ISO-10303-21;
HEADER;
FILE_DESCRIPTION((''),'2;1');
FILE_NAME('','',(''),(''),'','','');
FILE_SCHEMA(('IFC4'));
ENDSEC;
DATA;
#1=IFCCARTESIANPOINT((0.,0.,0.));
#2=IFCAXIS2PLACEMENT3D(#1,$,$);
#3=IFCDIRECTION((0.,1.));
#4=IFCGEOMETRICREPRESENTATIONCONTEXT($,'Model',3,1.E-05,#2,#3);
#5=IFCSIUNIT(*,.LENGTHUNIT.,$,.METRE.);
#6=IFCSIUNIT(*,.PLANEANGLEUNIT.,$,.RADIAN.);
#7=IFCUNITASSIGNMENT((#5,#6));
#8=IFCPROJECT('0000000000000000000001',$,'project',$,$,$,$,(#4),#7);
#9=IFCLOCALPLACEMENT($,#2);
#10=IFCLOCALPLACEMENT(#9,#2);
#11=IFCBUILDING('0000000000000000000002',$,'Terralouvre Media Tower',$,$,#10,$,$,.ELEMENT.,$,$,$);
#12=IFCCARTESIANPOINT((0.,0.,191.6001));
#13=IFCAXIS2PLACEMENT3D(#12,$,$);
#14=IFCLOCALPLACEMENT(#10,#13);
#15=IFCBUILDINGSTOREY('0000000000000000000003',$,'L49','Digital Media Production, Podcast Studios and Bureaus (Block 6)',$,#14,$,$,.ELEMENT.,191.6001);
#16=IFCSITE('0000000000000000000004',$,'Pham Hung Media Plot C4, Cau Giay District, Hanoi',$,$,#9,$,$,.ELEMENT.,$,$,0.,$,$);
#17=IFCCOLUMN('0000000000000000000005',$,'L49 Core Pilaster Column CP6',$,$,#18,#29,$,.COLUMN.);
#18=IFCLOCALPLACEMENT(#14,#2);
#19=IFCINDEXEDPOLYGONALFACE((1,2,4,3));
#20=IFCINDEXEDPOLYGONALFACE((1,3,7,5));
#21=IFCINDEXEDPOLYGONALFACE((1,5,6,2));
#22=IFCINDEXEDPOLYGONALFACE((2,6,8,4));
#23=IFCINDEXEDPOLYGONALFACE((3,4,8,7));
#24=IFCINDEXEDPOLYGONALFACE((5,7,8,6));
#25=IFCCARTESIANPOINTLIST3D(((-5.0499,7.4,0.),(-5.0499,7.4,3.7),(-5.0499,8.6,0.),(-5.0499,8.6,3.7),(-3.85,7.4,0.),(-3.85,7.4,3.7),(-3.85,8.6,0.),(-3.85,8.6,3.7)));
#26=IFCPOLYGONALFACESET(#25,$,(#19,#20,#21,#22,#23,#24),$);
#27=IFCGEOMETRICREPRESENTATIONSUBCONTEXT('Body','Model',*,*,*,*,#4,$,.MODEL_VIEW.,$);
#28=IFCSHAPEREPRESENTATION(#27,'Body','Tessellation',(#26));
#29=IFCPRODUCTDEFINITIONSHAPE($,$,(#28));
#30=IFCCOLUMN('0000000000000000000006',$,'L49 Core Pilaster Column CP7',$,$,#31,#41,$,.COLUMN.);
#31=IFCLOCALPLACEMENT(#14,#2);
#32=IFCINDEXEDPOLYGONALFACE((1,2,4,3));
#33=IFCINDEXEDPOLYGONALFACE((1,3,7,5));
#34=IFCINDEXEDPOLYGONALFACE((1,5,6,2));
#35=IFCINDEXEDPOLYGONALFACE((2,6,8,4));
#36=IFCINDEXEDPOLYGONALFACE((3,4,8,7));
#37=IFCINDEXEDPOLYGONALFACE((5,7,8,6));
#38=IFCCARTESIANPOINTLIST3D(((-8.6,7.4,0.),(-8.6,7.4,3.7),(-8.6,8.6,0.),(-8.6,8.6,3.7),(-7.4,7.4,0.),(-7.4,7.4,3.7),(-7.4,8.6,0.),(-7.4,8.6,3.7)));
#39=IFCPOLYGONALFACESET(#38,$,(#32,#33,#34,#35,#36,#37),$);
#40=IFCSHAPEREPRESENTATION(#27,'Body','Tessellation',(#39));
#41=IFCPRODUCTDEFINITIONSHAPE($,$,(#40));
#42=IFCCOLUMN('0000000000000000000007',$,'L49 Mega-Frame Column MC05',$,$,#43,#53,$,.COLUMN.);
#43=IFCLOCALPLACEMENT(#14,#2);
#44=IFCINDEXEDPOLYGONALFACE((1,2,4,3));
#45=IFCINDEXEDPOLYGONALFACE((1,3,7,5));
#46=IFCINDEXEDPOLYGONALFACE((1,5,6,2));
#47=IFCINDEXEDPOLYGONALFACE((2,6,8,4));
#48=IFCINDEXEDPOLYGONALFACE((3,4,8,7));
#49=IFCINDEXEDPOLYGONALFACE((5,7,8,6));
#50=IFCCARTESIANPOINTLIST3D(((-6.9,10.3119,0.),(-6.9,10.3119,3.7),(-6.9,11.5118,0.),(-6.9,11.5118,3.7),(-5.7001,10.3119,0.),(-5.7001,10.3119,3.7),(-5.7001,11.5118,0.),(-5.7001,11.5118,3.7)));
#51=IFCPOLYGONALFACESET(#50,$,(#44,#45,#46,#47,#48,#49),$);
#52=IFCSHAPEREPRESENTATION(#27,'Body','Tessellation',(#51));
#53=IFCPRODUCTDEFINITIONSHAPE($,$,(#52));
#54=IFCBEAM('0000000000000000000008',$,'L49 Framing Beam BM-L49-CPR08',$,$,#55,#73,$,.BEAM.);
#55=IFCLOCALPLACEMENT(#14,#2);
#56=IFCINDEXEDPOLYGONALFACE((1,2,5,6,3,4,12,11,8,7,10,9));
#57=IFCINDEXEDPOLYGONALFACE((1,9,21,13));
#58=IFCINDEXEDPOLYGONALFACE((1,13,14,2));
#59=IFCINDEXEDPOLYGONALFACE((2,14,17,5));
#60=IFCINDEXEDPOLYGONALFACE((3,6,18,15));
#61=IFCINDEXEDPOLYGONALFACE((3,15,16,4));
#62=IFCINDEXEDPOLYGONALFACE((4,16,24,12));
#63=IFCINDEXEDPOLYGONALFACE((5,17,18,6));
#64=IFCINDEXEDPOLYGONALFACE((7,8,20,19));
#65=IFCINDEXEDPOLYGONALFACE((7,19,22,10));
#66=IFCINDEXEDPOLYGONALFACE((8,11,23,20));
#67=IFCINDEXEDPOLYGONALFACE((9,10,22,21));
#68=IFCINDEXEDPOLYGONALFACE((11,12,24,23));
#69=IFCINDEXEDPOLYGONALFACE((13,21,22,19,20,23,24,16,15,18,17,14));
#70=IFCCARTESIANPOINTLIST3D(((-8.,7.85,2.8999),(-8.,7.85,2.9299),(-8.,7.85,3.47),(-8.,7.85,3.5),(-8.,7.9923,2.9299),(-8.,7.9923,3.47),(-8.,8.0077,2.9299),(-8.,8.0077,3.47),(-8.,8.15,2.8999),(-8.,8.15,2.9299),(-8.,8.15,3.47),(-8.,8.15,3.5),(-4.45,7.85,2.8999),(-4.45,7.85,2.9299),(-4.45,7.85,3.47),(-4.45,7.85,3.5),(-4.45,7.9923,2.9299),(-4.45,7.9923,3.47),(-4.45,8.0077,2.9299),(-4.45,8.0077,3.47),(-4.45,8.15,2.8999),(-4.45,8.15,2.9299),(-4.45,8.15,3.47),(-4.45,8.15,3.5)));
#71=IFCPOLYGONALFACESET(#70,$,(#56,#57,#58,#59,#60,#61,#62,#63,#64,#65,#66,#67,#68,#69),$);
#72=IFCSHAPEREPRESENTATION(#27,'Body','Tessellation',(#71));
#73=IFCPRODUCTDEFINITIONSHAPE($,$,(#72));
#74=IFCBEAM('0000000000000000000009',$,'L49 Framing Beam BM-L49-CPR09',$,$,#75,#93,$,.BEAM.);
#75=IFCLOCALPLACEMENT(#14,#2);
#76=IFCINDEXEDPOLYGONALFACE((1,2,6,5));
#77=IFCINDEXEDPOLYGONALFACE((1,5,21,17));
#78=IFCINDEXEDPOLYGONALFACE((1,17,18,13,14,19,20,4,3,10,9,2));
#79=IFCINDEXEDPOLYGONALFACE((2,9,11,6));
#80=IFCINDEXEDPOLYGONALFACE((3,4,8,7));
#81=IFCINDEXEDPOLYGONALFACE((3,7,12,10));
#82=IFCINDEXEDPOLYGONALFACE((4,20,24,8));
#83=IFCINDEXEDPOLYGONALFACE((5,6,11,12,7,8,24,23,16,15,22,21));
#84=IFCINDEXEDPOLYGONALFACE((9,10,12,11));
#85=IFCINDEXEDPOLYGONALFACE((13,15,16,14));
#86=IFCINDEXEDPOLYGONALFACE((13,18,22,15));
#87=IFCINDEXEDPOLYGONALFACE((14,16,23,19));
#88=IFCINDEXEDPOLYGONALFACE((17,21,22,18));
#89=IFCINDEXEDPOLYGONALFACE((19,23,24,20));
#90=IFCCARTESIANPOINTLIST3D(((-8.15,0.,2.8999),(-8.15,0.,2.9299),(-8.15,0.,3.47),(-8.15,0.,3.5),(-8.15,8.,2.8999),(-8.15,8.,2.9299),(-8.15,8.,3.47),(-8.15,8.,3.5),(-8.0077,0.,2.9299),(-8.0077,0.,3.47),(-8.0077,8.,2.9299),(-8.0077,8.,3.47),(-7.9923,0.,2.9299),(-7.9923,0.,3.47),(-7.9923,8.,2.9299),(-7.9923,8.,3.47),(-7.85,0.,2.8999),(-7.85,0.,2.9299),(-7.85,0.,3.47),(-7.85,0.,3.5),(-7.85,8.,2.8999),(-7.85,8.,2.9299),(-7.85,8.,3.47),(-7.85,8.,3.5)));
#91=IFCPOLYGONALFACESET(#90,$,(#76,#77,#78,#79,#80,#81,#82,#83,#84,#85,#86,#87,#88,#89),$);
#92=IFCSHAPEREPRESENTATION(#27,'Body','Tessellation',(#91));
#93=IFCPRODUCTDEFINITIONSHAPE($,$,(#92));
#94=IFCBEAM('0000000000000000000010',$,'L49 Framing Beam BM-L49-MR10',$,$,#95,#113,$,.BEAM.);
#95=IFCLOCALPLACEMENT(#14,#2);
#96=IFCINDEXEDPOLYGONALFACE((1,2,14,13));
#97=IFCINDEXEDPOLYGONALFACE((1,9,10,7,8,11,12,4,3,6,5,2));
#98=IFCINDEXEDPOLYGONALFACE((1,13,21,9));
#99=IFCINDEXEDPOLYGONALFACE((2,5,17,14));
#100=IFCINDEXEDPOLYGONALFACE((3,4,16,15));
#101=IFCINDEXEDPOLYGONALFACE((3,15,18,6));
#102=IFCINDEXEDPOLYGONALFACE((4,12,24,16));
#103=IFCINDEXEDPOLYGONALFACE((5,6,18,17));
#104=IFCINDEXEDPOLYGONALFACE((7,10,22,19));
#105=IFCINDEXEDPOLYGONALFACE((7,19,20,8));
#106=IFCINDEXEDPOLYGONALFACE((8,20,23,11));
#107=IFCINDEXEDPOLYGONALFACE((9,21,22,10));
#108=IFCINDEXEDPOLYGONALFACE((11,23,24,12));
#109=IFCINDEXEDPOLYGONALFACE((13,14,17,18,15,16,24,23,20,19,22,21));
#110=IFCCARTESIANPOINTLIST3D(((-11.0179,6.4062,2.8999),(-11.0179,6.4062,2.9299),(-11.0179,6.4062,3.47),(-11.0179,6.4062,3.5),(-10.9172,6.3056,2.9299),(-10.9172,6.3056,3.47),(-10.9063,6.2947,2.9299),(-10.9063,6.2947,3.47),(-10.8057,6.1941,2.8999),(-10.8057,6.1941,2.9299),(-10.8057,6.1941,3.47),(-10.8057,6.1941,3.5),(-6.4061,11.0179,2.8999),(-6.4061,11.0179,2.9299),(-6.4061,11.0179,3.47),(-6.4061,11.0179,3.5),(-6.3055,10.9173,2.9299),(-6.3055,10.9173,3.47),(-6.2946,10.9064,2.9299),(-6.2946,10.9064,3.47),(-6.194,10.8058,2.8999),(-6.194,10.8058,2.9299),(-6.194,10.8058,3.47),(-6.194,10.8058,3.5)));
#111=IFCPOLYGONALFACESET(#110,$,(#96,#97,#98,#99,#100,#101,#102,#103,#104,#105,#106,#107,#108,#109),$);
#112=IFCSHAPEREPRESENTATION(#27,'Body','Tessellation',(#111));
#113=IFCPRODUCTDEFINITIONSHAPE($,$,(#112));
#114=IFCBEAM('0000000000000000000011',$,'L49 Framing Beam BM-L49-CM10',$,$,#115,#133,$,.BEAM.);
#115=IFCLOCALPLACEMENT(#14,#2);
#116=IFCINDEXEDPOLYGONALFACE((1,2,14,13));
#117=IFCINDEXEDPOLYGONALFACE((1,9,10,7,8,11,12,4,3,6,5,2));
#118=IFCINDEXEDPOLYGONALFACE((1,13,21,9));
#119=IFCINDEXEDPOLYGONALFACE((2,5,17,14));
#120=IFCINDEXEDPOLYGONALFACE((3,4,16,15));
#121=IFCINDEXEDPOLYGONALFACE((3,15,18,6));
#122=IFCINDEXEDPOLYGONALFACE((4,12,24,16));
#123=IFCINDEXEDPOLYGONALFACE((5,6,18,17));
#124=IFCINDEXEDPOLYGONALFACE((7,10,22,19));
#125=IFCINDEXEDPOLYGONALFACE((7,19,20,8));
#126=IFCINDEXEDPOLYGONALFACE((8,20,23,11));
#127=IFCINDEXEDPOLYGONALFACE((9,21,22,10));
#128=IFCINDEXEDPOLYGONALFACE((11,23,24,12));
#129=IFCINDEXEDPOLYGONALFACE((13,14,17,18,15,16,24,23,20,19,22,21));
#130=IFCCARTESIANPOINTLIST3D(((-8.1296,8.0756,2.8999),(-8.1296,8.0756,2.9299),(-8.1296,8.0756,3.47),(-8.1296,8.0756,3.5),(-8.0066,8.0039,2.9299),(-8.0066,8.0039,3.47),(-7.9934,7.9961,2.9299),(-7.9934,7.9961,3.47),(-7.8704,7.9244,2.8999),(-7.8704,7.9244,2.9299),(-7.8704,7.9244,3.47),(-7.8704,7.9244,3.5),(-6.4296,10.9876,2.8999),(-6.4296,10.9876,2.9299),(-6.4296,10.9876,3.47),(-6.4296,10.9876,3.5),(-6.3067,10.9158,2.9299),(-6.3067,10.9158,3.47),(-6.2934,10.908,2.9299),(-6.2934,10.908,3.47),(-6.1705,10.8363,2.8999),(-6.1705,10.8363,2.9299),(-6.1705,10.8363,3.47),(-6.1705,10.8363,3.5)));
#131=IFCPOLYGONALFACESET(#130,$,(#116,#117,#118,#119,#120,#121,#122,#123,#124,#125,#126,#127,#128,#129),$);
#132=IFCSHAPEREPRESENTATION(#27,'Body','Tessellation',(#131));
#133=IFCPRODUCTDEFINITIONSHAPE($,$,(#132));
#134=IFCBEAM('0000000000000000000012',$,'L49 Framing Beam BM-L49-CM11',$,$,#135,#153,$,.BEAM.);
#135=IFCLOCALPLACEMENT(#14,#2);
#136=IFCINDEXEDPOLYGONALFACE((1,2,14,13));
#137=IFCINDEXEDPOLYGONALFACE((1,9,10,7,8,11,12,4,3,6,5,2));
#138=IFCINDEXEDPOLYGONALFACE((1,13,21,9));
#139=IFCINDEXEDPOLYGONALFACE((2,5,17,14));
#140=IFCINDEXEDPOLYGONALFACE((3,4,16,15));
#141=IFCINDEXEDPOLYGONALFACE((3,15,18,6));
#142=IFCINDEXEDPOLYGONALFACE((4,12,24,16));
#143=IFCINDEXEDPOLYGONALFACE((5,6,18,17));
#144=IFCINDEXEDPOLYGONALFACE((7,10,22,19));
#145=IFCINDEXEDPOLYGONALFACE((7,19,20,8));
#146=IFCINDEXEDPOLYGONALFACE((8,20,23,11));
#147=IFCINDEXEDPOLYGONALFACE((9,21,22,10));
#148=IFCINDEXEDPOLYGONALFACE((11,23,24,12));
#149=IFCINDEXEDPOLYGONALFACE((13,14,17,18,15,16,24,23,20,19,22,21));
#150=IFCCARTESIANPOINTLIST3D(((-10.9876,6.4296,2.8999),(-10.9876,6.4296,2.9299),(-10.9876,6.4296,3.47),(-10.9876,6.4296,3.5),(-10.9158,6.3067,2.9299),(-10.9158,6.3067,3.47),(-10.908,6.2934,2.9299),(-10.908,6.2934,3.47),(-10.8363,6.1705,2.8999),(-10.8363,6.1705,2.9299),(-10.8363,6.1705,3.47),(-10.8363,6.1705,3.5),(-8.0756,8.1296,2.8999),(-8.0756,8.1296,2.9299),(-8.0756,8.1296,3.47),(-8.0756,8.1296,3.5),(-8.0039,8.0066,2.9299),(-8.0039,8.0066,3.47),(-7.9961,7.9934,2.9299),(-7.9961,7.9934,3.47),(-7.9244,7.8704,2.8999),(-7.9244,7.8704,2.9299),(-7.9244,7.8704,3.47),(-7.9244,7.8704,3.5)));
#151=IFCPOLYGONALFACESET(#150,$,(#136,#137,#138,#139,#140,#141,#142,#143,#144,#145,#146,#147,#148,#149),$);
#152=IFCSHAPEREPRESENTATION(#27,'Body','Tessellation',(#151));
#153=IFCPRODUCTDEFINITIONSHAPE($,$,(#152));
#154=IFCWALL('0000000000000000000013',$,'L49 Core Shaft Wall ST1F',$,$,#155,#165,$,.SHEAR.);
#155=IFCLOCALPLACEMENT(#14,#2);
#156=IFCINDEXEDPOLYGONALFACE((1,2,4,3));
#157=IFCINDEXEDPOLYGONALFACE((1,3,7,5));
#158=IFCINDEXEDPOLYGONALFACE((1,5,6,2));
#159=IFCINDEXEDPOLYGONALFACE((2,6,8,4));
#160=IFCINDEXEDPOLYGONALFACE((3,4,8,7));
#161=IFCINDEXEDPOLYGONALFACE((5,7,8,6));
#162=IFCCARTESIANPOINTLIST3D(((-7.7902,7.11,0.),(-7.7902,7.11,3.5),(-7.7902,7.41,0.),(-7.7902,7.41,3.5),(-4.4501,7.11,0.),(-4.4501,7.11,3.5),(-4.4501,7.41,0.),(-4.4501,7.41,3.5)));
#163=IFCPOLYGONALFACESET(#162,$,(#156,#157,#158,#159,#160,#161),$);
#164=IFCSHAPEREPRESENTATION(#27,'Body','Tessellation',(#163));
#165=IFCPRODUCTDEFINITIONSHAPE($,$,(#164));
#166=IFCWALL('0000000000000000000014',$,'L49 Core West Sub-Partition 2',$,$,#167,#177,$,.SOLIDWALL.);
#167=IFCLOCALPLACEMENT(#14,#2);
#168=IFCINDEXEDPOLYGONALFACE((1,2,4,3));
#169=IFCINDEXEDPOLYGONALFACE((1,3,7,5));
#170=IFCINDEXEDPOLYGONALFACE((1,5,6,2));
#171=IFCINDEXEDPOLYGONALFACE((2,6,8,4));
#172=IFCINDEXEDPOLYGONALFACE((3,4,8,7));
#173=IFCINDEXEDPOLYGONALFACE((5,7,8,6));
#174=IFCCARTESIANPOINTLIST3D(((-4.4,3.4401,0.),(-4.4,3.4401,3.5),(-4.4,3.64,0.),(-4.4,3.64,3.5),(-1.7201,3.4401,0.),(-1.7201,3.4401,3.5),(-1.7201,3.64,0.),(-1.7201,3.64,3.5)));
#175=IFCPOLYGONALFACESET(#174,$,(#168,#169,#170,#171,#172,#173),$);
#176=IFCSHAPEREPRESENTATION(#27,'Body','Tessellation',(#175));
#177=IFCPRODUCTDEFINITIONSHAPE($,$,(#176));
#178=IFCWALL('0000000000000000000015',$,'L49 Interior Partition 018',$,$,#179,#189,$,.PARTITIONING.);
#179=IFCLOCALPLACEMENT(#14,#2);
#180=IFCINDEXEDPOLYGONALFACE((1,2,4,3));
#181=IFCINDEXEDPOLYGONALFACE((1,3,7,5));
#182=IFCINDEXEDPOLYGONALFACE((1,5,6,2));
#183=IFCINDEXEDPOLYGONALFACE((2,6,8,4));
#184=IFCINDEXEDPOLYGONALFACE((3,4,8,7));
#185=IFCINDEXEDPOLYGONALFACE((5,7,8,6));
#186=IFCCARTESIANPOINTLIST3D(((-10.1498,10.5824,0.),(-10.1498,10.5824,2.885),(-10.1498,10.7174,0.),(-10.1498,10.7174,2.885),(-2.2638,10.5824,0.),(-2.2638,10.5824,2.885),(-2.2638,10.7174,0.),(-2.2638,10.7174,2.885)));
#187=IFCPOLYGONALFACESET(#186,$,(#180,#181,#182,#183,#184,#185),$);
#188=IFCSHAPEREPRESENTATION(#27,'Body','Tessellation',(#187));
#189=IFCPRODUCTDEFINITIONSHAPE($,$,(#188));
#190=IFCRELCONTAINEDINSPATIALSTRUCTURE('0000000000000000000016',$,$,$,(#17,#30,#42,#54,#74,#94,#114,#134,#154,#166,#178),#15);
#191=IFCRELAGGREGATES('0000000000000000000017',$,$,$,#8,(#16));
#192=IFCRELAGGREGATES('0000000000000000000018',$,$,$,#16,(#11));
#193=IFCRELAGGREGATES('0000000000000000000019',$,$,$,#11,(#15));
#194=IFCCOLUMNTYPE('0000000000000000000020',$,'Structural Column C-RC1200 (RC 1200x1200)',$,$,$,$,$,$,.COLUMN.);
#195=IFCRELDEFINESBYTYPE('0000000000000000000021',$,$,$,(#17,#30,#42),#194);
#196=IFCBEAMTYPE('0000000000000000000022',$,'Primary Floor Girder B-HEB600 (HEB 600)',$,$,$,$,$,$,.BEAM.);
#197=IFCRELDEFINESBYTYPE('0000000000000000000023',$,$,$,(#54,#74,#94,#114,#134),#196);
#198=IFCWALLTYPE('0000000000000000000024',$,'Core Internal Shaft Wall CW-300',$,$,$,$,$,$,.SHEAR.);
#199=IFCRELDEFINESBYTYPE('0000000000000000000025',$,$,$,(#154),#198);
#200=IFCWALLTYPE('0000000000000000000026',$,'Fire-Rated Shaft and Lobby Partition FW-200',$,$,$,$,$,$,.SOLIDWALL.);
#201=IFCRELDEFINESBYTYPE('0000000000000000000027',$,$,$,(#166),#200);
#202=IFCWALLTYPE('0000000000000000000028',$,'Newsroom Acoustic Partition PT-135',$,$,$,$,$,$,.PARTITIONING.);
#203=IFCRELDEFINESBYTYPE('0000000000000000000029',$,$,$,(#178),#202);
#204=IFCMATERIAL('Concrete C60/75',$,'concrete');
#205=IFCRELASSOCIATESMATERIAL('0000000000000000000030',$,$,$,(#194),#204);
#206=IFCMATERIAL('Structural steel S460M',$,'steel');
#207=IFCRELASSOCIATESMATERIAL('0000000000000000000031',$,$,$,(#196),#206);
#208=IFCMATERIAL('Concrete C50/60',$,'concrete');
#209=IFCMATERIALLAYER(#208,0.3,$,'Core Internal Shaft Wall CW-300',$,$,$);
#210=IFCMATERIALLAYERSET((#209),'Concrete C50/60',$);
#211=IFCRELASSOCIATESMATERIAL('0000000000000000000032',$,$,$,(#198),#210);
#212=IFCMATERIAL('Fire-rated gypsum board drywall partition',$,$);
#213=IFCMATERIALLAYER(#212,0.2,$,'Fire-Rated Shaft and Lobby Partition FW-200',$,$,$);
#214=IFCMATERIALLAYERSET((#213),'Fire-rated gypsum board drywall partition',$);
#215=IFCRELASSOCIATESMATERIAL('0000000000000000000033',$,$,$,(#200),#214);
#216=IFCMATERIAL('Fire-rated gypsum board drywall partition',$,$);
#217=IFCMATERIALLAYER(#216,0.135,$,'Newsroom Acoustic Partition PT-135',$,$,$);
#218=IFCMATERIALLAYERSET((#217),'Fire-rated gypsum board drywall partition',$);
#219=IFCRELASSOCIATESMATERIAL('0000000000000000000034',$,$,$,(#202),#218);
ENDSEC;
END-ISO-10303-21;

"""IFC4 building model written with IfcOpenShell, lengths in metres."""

from ifc_helpers import new_model, si_unit, direction, frame, frame_2d, origin, origin_2d, place, context, subcontext, project, spatial, rectangle, i_section, extrude, material, layer, layer_set, material_profile, profile_set, type_object, element, save


model = new_model("IFC4")

# Units and contexts
model_context = context("Model", 3, precision=1e-05, world=origin(), true_north=direction((0.0, 1.0)))
body_context = subcontext(model_context, "Body", "Model", "MODEL_VIEW")
ifc_project = project(units=[si_unit("LENGTHUNIT", "METRE"), si_unit("PLANEANGLEUNIT", "RADIAN")], contexts=[model_context])

# Site, building, storey
site_placement = place(None, origin())
site = spatial("IfcSite", under=ifc_project, at=site_placement, Name="Pham Hung Media Plot C4, Cau Giay District, Hanoi", CompositionType="ELEMENT", RefElevation=0.0)
building_placement = place(site_placement, origin())
building = spatial("IfcBuilding", under=site, at=building_placement, Name="Terralouvre Media Tower", CompositionType="ELEMENT")
storey_placement = place(building_placement, frame((0.0, 0.0, 191.6001)))
storey = spatial("IfcBuildingStorey", under=building, at=storey_placement, Name="L49", Description="Digital Media Production, Podcast Studios and Bureaus (Block 6)", CompositionType="ELEMENT", Elevation=191.6001)

# Columns
ifc_material_1 = material(Name="Concrete C60/75", Category="concrete")
ifc_material_profile_1 = material_profile(ifc_material_1, rectangle(XDim=1.2, YDim=1.2, at=origin_2d()), Name="RC 1200x1200")
ifc_profile_set_1 = profile_set([ifc_material_profile_1], Name="Concrete C60/75")
column_type = type_object("IfcColumnType", Name="Structural Column C-RC1200 (RC 1200x1200)", PredefinedType="COLUMN", material=ifc_profile_set_1)
for number, where, z_axis, x_axis, name in (
    (1, (-4.45, 8.0, 0.0), (0.0, 0.0, 1.0), (1.0, 0.0, 0.0), "L49 Core Pilaster Column CP6"),
    (2, (-8.0, 8.0, 0.0), (0.0, 0.0, 1.0), (1.0, 0.0, 0.0), "L49 Core Pilaster Column CP7"),
    (3, (-6.3, 10.9119, 0.0), (0.0, 0.0, 1.0), (1.0, 0.0, 0.0), "L49 Mega-Frame Column MC05"),
):
    element("IfcColumn", number, at=place(storey_placement, frame(where, z_axis=z_axis, x_axis=x_axis)), inside=storey, type_object=column_type, Name=name, PredefinedType="COLUMN", context=body_context, shape_type="SweptSolid", body=[
        extrude(rectangle(XDim=1.2, YDim=1.2, at=origin_2d()), origin(), (0.0, 0.0, 1.0), 3.7),
    ])

# Beams
ifc_material_2 = material(Name="Structural steel S460M", Category="steel")
ifc_material_profile_2 = material_profile(ifc_material_2, i_section(OverallWidth=0.3, OverallDepth=0.6001, WebThickness=0.0154, FlangeThickness=0.03, at=origin_2d()), Name="HEB 600")
ifc_profile_set_2 = profile_set([ifc_material_profile_2], Name="Structural steel S460M")
beam_type = type_object("IfcBeamType", Name="Primary Floor Girder B-HEB600 (HEB 600)", PredefinedType="BEAM", material=ifc_profile_set_2)
beam_1_placement = place(storey_placement, frame((-4.45, 8.0, 3.2), z_axis=(-1.0, 0.0, 0.0), x_axis=(0.0, -1.0, 0.0)))
element("IfcBeam", 4, at=beam_1_placement, inside=storey, type_object=beam_type, Name="L49 Framing Beam BM-L49-CPR08", PredefinedType="BEAM", context=body_context, shape_type="SweptSolid", body=[
    extrude(i_section(OverallWidth=0.3, OverallDepth=0.6001, WebThickness=0.0154, FlangeThickness=0.03, at=origin_2d()), origin(), (0.0, 0.0, 1.0), 3.55),
])
beam_2_placement = place(storey_placement, frame((-8.0, 8.0, 3.2), z_axis=(0.0, -1.0, 0.0), x_axis=(1.0, 0.0, 0.0)))
element("IfcBeam", 5, at=beam_2_placement, inside=storey, type_object=beam_type, Name="L49 Framing Beam BM-L49-CPR09", PredefinedType="BEAM", context=body_context, shape_type="SweptSolid", body=[
    extrude(i_section(OverallWidth=0.3, OverallDepth=0.6001, WebThickness=0.0154, FlangeThickness=0.03, at=origin_2d()), origin(), (0.0, 0.0, 1.0), 8.0),
])
beam_3_placement = place(storey_placement, frame((-6.3, 10.9119, 3.2), z_axis=(-0.707107, -0.707107, 0.0), x_axis=(0.707107, -0.707107, 0.0)))
element("IfcBeam", 6, at=beam_3_placement, inside=storey, type_object=beam_type, Name="L49 Framing Beam BM-L49-MR10", PredefinedType="BEAM", context=body_context, shape_type="SweptSolid", body=[
    extrude(i_section(OverallWidth=0.3, OverallDepth=0.6001, WebThickness=0.0154, FlangeThickness=0.03, at=origin_2d()), origin(), (0.0, 0.0, 1.0), 6.522),
])
for number, where, z_axis, x_axis, name in (
    (7, (-8.0, 8.0, 3.2), (0.504173, 0.863603, 0.0), (-0.863603, 0.504173, 0.0), "L49 Framing Beam BM-L49-CM10"),
    (8, (-8.0, 8.0, 3.2), (-0.863603, -0.504173, 0.0), (0.504173, -0.863603, 0.0), "L49 Framing Beam BM-L49-CM11"),
):
    element("IfcBeam", number, at=place(storey_placement, frame(where, z_axis=z_axis, x_axis=x_axis)), inside=storey, type_object=beam_type, Name=name, PredefinedType="BEAM", context=body_context, shape_type="SweptSolid", body=[
        extrude(i_section(OverallWidth=0.3, OverallDepth=0.6001, WebThickness=0.0154, FlangeThickness=0.03, at=origin_2d()), origin(), (0.0, 0.0, 1.0), 3.3718),
    ])

# Shared definitions
ifc_material_3 = material(Name="Concrete C50/60", Category="concrete")
ifc_layer_1 = layer(ifc_material_3, 0.3, Name="Core Internal Shaft Wall CW-300")
ifc_layer_set_1 = layer_set([ifc_layer_1], Name="Concrete C50/60")
wall_type_1 = type_object("IfcWallType", Name="Core Internal Shaft Wall CW-300", PredefinedType="SHEAR", material=ifc_layer_set_1)

# Wall
wall_1_placement = place(storey_placement, frame((-7.79, 7.26, 0.0), z_axis=(0.0, 0.0, 1.0), x_axis=(1.0, 0.0, 0.0)))
element("IfcWall", 9, at=wall_1_placement, inside=storey, type_object=wall_type_1, Name="L49 Core Shaft Wall ST1F", PredefinedType="SHEAR", context=body_context, shape_type="SweptSolid", body=[
    extrude(rectangle(XDim=3.3401, YDim=0.3, at=frame_2d((1.6699, 0.0))), origin(), (0.0, 0.0, 1.0), 3.5),
])

# Walls
ifc_material_4 = material(Name="Fire-rated gypsum board drywall partition")
ifc_layer_2 = layer(ifc_material_4, 0.2, Name="Fire-Rated Shaft and Lobby Partition FW-200")
ifc_layer_set_2 = layer_set([ifc_layer_2], Name="Fire-rated gypsum board drywall partition")
wall_type_2 = type_object("IfcWallType", Name="Fire-Rated Shaft and Lobby Partition FW-200", PredefinedType="SOLIDWALL", material=ifc_layer_set_2)
wall_2_placement = place(storey_placement, frame((-4.3999, 3.54, 0.0), z_axis=(0.0, 0.0, 1.0), x_axis=(1.0, 0.0, 0.0)))
element("IfcWall", 10, at=wall_2_placement, inside=storey, type_object=wall_type_2, Name="L49 Core West Sub-Partition 2", PredefinedType="SOLIDWALL", context=body_context, shape_type="SweptSolid", body=[
    extrude(rectangle(XDim=2.6799, YDim=0.2, at=frame_2d((1.3398, 0.0))), origin(), (0.0, 0.0, 1.0), 3.5),
])
ifc_material_5 = material(Name="Fire-rated gypsum board drywall partition")
ifc_layer_3 = layer(ifc_material_5, 0.135, Name="Newsroom Acoustic Partition PT-135")
ifc_layer_set_3 = layer_set([ifc_layer_3], Name="Fire-rated gypsum board drywall partition")
wall_type_3 = type_object("IfcWallType", Name="Newsroom Acoustic Partition PT-135", PredefinedType="PARTITIONING", material=ifc_layer_set_3)
wall_3_placement = place(storey_placement, frame((-2.2639, 10.6499, 0.0), z_axis=(0.0, 0.0, 1.0), x_axis=(-1.0, 0.0, 0.0)))
element("IfcWall", 11, at=wall_3_placement, inside=storey, type_object=wall_type_3, Name="L49 Interior Partition 018", PredefinedType="PARTITIONING", context=body_context, shape_type="SweptSolid", body=[
    extrude(rectangle(XDim=7.886, YDim=0.135, at=frame_2d((3.9429, 0.0))), origin(), (0.0, 0.0, 1.0), 2.885),
])

save(model, "model.ifc")
